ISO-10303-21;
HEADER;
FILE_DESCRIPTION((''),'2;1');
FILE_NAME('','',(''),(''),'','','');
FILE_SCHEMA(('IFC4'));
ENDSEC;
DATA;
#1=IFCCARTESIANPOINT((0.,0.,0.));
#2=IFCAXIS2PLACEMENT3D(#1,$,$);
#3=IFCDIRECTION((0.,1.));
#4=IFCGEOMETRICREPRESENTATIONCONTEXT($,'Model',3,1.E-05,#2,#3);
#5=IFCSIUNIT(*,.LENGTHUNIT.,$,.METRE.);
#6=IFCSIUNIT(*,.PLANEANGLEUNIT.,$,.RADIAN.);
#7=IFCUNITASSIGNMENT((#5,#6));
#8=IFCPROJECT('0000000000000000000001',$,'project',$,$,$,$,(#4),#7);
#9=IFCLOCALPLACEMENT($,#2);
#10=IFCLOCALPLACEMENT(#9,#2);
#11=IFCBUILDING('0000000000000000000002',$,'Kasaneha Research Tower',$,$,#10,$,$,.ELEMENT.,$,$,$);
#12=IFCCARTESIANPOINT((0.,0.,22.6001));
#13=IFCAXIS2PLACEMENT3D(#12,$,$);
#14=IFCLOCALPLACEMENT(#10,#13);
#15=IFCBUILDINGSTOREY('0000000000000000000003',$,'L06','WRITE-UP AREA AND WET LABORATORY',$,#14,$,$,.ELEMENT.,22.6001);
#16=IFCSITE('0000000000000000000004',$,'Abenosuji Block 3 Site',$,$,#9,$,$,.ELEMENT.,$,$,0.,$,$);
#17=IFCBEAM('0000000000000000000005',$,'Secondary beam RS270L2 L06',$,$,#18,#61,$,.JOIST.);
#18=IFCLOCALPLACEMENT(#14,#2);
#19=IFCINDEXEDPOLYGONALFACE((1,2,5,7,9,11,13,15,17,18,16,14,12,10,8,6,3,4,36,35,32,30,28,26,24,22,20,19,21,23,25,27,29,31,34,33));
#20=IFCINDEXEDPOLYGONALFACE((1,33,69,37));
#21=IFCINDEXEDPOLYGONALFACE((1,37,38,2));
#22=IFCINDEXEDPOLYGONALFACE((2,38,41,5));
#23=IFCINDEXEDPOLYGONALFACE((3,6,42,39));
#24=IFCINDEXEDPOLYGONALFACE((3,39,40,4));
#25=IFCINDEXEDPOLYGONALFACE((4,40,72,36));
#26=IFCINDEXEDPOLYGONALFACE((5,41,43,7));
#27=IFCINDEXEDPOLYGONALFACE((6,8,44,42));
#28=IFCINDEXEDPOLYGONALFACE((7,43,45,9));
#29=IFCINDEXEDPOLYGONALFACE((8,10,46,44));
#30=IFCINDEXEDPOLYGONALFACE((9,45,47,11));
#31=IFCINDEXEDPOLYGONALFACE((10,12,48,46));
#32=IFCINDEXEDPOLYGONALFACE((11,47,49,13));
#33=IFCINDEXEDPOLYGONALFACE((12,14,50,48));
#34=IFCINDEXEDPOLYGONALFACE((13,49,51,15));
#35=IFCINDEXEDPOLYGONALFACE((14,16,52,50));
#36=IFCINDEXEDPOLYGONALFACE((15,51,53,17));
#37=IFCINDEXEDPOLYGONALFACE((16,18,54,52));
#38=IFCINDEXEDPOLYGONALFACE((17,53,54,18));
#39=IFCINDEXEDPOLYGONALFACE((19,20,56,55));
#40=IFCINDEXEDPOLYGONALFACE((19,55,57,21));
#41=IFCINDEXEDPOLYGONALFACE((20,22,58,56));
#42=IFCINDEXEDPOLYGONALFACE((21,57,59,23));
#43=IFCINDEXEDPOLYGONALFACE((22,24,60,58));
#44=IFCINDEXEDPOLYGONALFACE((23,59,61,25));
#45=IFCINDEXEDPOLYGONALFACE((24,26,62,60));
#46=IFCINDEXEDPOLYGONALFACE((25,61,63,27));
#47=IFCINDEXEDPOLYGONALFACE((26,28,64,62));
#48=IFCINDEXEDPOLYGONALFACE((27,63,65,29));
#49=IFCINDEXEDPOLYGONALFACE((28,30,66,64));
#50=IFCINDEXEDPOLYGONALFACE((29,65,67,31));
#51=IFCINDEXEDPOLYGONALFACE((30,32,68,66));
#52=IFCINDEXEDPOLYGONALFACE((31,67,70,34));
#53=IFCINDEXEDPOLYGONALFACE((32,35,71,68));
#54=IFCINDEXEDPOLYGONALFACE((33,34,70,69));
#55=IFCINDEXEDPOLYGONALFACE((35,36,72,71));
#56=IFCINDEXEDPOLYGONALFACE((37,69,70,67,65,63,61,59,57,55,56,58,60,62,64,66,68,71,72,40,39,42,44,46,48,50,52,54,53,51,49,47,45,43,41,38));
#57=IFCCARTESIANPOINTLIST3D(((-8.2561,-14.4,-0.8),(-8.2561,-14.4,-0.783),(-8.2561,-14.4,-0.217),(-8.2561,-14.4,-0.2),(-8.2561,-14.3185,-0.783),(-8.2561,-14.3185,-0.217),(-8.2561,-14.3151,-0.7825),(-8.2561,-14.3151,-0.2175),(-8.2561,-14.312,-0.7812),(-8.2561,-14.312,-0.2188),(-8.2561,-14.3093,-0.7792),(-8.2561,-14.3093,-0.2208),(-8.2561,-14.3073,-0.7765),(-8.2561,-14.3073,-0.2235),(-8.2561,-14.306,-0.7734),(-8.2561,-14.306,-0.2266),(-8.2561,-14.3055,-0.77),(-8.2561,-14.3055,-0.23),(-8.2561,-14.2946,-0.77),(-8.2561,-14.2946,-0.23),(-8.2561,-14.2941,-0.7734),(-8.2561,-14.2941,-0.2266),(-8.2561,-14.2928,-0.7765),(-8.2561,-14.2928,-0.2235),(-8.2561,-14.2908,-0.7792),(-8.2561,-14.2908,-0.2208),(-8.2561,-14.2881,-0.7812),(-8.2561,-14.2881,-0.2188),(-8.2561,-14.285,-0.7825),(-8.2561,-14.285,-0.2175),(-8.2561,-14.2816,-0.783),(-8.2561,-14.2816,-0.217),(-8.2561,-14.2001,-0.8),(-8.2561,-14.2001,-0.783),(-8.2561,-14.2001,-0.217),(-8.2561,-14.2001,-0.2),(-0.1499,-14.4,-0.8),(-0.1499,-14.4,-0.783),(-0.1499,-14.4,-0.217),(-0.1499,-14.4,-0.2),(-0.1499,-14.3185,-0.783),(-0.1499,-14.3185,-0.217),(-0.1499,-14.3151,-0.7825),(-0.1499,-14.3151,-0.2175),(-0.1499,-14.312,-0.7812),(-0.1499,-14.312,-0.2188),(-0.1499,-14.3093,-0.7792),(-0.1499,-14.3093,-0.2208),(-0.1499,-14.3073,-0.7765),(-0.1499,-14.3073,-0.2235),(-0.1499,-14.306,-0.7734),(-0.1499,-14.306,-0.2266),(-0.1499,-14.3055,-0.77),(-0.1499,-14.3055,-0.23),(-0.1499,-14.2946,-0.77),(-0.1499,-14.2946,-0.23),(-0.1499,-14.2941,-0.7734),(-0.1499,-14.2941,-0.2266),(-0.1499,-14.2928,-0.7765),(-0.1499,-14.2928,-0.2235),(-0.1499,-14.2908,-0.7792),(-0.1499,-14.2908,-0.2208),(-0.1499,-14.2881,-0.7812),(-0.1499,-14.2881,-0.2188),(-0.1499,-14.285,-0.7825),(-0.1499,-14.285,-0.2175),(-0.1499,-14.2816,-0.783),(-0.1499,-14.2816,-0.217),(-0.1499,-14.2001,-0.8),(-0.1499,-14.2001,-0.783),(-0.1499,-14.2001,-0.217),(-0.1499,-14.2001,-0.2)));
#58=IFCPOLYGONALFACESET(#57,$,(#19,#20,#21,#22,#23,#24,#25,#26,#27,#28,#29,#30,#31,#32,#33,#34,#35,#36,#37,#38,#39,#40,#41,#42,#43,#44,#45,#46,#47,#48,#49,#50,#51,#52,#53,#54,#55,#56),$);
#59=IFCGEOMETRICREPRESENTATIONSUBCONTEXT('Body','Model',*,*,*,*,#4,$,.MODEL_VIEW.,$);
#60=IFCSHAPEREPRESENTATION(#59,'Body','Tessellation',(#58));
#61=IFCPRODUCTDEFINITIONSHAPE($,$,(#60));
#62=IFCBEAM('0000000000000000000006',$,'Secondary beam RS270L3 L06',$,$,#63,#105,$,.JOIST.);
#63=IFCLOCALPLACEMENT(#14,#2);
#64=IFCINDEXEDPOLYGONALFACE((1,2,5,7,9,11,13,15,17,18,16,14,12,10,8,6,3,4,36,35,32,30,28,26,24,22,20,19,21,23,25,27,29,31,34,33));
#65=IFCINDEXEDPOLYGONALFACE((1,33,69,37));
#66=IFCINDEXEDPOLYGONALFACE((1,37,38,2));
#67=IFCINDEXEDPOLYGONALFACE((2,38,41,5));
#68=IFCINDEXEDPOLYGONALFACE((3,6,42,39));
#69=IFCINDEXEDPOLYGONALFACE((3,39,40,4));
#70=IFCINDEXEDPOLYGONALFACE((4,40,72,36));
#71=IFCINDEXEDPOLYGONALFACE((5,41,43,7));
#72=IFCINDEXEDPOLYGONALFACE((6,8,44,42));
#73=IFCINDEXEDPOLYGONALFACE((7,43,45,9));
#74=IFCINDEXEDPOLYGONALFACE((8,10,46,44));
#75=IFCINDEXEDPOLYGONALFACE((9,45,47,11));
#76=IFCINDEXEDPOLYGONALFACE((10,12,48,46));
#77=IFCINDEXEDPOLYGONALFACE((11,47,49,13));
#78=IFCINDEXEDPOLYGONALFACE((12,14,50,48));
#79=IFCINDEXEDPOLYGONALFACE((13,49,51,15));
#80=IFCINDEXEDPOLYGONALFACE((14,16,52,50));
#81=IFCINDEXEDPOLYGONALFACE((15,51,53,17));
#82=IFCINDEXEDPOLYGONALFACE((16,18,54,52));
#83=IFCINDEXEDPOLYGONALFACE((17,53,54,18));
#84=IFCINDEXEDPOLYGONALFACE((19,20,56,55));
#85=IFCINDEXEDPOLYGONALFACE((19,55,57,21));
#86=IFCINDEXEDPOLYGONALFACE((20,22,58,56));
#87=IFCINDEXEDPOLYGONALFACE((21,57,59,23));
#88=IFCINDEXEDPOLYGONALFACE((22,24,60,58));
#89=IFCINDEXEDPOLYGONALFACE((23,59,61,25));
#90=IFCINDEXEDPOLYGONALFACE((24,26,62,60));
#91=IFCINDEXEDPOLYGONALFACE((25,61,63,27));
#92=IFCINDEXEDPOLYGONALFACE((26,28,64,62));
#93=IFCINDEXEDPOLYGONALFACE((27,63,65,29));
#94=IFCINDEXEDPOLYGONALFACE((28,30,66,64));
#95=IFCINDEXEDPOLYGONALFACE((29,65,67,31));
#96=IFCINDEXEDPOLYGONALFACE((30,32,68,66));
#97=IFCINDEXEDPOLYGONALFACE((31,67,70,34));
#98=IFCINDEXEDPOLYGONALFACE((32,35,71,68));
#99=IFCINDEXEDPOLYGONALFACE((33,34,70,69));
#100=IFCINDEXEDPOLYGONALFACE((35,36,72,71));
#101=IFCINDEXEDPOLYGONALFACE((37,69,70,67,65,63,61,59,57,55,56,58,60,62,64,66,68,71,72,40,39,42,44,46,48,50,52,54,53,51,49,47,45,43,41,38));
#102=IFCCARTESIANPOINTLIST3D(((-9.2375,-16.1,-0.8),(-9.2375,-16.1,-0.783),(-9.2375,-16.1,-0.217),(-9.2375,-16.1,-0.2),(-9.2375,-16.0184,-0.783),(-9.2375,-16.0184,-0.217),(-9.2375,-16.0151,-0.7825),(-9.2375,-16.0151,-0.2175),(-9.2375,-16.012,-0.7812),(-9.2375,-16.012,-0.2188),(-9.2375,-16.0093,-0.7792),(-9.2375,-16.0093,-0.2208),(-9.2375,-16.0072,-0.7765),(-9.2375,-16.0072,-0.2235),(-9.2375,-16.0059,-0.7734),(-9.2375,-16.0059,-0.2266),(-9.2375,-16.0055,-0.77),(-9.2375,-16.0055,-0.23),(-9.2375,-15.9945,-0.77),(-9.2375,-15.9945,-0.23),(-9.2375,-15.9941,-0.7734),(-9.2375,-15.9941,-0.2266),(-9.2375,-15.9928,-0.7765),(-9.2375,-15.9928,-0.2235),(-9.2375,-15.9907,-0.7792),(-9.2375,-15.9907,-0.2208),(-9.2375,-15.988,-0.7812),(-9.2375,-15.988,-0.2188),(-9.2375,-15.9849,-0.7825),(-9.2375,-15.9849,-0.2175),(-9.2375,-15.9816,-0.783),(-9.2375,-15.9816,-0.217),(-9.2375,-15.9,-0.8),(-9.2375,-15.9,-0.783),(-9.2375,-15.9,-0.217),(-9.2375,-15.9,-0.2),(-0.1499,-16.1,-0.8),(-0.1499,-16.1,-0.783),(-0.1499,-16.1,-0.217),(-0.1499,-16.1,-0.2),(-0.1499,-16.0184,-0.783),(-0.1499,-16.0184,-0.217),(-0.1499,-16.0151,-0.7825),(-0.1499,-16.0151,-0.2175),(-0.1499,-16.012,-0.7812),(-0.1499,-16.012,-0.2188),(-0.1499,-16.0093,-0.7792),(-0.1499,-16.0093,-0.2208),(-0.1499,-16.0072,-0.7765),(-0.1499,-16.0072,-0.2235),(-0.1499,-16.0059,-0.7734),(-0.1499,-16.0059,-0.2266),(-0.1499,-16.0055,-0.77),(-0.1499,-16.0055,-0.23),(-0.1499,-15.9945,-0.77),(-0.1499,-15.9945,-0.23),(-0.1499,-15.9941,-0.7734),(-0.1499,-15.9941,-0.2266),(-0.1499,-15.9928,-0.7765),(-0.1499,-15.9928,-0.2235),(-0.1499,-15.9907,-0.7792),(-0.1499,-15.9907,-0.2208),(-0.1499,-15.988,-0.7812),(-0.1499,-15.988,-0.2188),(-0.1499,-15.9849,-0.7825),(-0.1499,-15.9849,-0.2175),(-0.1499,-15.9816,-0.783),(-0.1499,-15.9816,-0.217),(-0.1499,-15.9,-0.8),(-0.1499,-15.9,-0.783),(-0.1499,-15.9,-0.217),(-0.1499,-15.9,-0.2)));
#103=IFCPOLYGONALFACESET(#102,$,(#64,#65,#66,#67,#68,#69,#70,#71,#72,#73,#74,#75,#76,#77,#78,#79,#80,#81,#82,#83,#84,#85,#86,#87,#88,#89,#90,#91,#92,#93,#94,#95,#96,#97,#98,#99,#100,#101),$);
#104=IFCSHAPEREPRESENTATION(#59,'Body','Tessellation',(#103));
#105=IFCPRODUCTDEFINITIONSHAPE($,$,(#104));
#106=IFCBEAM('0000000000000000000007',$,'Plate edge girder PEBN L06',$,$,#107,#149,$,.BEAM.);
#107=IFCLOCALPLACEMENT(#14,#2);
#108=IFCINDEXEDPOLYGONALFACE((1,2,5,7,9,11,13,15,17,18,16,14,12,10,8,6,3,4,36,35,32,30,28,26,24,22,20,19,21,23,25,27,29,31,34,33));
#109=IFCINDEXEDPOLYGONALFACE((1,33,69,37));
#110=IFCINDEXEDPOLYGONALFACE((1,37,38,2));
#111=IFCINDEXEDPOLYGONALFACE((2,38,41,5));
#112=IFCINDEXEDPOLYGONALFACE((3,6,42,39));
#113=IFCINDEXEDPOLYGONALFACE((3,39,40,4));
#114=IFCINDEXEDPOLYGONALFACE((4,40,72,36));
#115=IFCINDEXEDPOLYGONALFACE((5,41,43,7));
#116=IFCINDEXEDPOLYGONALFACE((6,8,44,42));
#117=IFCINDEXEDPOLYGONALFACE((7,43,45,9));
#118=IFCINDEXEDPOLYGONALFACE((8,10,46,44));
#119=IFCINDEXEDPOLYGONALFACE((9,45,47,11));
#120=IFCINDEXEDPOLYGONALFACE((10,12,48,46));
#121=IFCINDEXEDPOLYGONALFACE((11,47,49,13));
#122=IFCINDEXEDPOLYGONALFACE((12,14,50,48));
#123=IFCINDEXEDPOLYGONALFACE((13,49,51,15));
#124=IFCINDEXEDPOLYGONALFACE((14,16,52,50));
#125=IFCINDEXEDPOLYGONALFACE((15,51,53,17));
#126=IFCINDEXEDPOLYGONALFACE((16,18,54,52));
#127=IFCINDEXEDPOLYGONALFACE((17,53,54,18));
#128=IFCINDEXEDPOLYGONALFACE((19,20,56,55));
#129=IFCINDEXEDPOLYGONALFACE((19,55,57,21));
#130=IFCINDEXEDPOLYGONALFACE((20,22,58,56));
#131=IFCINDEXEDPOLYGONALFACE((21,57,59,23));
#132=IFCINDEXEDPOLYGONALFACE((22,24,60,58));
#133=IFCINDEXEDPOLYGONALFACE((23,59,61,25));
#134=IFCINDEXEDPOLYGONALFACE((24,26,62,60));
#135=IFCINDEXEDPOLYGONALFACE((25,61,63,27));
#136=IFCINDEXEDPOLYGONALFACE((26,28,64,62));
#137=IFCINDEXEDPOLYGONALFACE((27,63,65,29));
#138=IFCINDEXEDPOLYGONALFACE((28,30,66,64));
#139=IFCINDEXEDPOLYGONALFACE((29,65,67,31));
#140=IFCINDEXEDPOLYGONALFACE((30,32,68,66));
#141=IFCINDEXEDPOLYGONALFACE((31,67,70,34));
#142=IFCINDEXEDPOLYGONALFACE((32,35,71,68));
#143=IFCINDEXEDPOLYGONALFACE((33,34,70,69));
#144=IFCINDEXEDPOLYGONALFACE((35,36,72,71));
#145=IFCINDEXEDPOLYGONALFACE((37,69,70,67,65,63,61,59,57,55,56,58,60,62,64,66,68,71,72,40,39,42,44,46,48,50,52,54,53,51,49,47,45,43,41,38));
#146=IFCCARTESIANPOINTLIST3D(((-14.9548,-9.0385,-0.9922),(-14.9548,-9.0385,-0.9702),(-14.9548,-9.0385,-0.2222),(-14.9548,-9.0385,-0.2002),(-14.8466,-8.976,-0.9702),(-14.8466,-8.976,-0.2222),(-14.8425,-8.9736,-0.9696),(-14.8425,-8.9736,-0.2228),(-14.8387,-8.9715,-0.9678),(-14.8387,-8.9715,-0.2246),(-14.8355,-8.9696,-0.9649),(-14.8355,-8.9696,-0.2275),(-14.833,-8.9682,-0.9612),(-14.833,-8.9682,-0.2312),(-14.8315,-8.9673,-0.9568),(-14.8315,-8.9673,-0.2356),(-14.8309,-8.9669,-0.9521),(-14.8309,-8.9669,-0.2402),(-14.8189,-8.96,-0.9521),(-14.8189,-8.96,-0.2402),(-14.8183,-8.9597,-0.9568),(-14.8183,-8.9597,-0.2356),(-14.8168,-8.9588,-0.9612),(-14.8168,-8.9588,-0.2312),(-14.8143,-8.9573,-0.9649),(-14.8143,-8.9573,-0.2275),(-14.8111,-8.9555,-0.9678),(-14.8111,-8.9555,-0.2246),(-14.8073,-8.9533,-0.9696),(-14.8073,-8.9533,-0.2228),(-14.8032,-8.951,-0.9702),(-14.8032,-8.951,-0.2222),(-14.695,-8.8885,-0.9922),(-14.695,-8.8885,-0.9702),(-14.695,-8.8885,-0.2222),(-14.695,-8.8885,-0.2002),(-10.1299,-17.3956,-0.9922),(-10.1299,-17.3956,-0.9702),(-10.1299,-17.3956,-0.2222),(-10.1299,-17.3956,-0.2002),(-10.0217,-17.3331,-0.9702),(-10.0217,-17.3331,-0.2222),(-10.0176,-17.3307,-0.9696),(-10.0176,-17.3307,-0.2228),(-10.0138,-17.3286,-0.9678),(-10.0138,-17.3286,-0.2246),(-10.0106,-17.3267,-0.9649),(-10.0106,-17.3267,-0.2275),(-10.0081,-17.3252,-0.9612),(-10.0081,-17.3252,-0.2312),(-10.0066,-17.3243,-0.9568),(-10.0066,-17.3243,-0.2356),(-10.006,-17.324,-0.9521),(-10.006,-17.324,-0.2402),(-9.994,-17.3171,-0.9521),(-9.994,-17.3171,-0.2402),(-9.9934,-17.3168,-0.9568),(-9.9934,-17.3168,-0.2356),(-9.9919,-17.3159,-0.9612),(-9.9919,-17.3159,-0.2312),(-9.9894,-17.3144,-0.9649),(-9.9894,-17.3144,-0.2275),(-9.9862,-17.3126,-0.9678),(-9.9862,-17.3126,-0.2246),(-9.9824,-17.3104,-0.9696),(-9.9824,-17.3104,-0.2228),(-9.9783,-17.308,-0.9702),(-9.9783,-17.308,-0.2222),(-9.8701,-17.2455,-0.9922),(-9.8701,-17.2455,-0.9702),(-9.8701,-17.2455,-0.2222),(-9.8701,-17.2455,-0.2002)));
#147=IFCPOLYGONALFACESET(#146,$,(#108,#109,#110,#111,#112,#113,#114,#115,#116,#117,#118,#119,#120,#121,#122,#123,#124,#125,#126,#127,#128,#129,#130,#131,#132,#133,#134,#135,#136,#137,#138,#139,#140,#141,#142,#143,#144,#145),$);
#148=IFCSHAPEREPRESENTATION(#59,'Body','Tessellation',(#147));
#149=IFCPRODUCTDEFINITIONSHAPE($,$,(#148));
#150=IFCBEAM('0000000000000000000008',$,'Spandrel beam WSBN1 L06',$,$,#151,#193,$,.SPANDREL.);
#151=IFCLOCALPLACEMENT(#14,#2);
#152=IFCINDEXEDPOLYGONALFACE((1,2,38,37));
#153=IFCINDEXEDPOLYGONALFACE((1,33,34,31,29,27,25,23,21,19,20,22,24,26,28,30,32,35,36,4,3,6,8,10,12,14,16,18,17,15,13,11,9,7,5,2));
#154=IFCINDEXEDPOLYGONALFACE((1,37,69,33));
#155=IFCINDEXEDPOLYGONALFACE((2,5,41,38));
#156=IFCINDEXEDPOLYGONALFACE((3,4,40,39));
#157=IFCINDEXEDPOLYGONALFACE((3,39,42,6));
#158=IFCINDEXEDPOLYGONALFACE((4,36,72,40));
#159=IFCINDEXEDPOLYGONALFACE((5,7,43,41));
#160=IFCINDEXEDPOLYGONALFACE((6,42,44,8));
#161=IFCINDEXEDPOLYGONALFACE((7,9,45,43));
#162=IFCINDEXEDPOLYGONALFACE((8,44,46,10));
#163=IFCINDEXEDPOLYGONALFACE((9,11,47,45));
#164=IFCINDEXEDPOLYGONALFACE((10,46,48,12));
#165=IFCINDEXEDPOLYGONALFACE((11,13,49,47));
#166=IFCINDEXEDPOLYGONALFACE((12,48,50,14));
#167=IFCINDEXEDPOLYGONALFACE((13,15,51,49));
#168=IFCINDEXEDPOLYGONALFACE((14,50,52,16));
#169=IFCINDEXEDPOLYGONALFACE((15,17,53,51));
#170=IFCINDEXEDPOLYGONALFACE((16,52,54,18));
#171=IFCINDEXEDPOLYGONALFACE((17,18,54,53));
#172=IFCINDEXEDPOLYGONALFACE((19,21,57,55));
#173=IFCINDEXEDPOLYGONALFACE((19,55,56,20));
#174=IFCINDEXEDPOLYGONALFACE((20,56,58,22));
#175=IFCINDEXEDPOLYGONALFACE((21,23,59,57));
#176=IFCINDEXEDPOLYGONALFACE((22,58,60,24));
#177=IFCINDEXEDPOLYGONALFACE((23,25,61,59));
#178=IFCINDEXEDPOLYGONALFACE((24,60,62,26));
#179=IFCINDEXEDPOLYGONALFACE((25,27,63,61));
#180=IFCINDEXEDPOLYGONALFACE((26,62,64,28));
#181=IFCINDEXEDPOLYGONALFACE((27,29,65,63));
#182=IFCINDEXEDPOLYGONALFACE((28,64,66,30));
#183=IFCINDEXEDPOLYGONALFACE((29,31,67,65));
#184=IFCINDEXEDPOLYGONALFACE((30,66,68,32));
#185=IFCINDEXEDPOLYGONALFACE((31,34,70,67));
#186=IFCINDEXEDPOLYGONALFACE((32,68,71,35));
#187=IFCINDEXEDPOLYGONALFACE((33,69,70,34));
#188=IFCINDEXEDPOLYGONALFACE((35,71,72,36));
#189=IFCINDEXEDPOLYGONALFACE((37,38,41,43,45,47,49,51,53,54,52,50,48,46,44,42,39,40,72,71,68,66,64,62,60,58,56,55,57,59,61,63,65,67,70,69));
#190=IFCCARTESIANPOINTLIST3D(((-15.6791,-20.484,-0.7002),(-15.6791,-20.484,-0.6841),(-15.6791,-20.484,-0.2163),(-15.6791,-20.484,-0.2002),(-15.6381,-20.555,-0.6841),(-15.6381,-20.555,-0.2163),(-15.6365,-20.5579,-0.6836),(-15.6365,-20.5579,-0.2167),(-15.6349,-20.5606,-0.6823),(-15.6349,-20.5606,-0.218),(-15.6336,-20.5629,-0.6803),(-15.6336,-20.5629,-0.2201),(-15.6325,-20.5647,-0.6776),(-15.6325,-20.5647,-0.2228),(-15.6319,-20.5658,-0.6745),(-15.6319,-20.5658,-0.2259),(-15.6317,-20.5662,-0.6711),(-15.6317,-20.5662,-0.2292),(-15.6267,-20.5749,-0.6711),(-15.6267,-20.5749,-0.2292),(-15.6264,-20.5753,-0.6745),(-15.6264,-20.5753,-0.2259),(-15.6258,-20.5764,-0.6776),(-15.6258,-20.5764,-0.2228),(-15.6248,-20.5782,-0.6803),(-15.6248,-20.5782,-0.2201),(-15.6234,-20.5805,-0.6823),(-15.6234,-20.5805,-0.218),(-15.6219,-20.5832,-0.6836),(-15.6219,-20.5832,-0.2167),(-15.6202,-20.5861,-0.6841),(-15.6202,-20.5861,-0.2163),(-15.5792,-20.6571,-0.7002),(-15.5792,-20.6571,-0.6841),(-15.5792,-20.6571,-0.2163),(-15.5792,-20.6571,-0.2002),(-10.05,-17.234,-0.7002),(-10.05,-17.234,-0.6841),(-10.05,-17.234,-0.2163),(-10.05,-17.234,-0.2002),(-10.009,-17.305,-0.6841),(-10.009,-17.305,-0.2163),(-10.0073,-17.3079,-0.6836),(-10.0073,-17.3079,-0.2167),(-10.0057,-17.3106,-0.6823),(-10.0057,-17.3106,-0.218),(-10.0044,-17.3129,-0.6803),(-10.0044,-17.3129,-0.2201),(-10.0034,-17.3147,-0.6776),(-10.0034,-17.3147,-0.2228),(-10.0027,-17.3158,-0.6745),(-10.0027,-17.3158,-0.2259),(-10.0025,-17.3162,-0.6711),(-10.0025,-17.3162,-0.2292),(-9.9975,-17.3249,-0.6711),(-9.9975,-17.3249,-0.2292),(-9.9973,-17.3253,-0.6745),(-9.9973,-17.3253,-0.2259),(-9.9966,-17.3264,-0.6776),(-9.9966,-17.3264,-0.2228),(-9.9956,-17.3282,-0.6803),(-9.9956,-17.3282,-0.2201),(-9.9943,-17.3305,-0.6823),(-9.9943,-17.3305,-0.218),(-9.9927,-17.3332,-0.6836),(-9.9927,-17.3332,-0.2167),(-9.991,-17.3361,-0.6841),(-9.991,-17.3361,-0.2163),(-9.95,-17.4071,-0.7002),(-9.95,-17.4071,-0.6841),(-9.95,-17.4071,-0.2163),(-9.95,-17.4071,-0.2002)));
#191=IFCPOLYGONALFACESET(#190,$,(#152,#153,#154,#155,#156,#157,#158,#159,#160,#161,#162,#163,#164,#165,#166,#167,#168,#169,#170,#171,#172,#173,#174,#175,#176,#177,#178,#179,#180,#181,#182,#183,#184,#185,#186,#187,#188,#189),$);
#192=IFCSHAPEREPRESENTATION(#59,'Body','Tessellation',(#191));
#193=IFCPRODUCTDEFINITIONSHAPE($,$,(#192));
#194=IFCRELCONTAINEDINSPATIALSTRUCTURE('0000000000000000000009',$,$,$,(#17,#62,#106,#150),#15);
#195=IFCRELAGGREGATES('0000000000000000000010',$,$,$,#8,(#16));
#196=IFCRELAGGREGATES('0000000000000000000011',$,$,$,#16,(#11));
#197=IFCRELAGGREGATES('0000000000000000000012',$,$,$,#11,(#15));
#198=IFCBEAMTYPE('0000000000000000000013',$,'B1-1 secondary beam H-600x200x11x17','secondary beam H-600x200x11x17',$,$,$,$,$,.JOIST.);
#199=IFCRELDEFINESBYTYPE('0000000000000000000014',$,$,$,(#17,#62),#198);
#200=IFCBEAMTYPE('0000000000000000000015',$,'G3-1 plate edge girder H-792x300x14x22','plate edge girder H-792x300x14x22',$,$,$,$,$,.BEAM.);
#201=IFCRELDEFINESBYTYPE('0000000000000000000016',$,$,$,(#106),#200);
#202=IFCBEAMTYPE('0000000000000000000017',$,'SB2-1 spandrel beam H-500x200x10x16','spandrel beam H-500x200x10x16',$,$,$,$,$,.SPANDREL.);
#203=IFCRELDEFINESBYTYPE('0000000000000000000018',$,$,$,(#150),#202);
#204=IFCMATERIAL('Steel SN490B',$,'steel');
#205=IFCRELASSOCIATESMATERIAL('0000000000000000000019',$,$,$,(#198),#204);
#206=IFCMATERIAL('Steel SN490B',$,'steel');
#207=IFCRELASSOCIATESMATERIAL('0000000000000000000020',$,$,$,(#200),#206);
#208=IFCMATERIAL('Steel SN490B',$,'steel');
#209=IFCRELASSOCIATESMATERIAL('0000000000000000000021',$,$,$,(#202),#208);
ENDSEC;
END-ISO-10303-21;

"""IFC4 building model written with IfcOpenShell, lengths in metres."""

from ifc_helpers import new_model, si_unit, direction, frame, origin, origin_2d, place, context, subcontext, project, spatial, i_section, extrude, material, material_profile, profile_set, type_object, element, save


model = new_model("IFC4")

# Units and contexts
model_context = context("Model", 3, precision=1e-05, world=origin(), true_north=direction((0.0, 1.0)))
body_context = subcontext(model_context, "Body", "Model", "MODEL_VIEW")
ifc_project = project(units=[si_unit("LENGTHUNIT", "METRE"), si_unit("PLANEANGLEUNIT", "RADIAN")], contexts=[model_context])

# Site, building, storey
site_placement = place(None, origin())
site = spatial("IfcSite", under=ifc_project, at=site_placement, Name="Abenosuji Block 3 Site", CompositionType="ELEMENT", RefElevation=0.0)
building_placement = place(site_placement, origin())
building = spatial("IfcBuilding", under=site, at=building_placement, Name="Kasaneha Research Tower", CompositionType="ELEMENT")
storey_placement = place(building_placement, frame((0.0, 0.0, 22.6001)))
storey = spatial("IfcBuildingStorey", under=building, at=storey_placement, Name="L06", Description="WRITE-UP AREA AND WET LABORATORY", CompositionType="ELEMENT", Elevation=22.6001)

# Beams
ifc_material_1 = material(Name="Steel SN490B", Category="steel")
ifc_material_profile_1 = material_profile(ifc_material_1, i_section(OverallWidth=0.2, OverallDepth=0.6001, WebThickness=0.011, FlangeThickness=0.0171, FilletRadius=0.0129, at=origin_2d()), Name="H-600x200x11x17")
ifc_profile_set_1 = profile_set([ifc_material_profile_1], Name="Steel SN490B")
beam_type_1 = type_object("IfcBeamType", Name="B1-1 secondary beam H-600x200x11x17", Description="secondary beam H-600x200x11x17", PredefinedType="JOIST", material=ifc_profile_set_1)
beam_1_placement = place(storey_placement, frame((-8.2561, -14.3, -0.5), z_axis=(1.0, 0.0, 0.0), x_axis=(0.0, 1.0, 0.0)))
element("IfcBeam", 1, at=beam_1_placement, inside=storey, type_object=beam_type_1, Name="Secondary beam RS270L2 L06", PredefinedType="JOIST", context=body_context, shape_type="SweptSolid", body=[
    extrude(i_section(OverallWidth=0.2, OverallDepth=0.6001, WebThickness=0.011, FlangeThickness=0.0171, FilletRadius=0.0129, at=origin_2d()), origin(), (0.0, 0.0, 1.0), 8.1062),
])
beam_2_placement = place(storey_placement, frame((-9.2375, -16.0, -0.5), z_axis=(1.0, 0.0, 0.0), x_axis=(0.0, 1.0, 0.0)))
element("IfcBeam", 2, at=beam_2_placement, inside=storey, type_object=beam_type_1, Name="Secondary beam RS270L3 L06", PredefinedType="JOIST", context=body_context, shape_type="SweptSolid", body=[
    extrude(i_section(OverallWidth=0.2, OverallDepth=0.6001, WebThickness=0.011, FlangeThickness=0.0171, FilletRadius=0.0129, at=origin_2d()), origin(), (0.0, 0.0, 1.0), 9.0876),
])
ifc_material_2 = material(Name="Steel SN490B", Category="steel")
ifc_material_profile_2 = material_profile(ifc_material_2, i_section(OverallWidth=0.3, OverallDepth=0.792, WebThickness=0.0139, FlangeThickness=0.022, FilletRadius=0.0181, at=origin_2d()), Name="H-792x300x14x22")
ifc_profile_set_2 = profile_set([ifc_material_profile_2], Name="Steel SN490B")
beam_type_2 = type_object("IfcBeamType", Name="G3-1 plate edge girder H-792x300x14x22", Description="plate edge girder H-792x300x14x22", PredefinedType="BEAM", material=ifc_profile_set_2)
beam_3_placement = place(storey_placement, frame((-10.0, -17.3206, -0.5962), z_axis=(-0.499995, 0.866028, 0.0), x_axis=(-0.866028, -0.499995, 0.0)))
element("IfcBeam", 3, at=beam_3_placement, inside=storey, type_object=beam_type_2, Name="Plate edge girder PEBN L06", PredefinedType="BEAM", context=body_context, shape_type="SweptSolid", body=[
    extrude(i_section(OverallWidth=0.3, OverallDepth=0.792, WebThickness=0.0139, FlangeThickness=0.022, FilletRadius=0.0181, at=origin_2d()), origin(), (0.0, 0.0, 1.0), 9.6499),
])
ifc_material_3 = material(Name="Steel SN490B", Category="steel")
ifc_material_profile_3 = material_profile(ifc_material_3, i_section(OverallWidth=0.2, OverallDepth=0.5, WebThickness=0.01, FlangeThickness=0.0161, FilletRadius=0.0129, at=origin_2d()), Name="H-500x200x10x16")
ifc_profile_set_3 = profile_set([ifc_material_profile_3], Name="Steel SN490B")
beam_type_3 = type_object("IfcBeamType", Name="SB2-1 spandrel beam H-500x200x10x16", Description="spandrel beam H-500x200x10x16", PredefinedType="SPANDREL", material=ifc_profile_set_3)
beam_4_placement = place(storey_placement, frame((-10.0, -17.3206, -0.4502), z_axis=(-0.866025, -0.500001, 0.0), x_axis=(0.500001, -0.866025, 0.0)))
element("IfcBeam", 4, at=beam_4_placement, inside=storey, type_object=beam_type_3, Name="Spandrel beam WSBN1 L06", PredefinedType="SPANDREL", context=body_context, shape_type="SweptSolid", body=[
    extrude(i_section(OverallWidth=0.2, OverallDepth=0.5, WebThickness=0.01, FlangeThickness=0.0161, FilletRadius=0.0129, at=origin_2d()), origin(), (0.0, 0.0, 1.0), 6.5),
])

save(model, "model.ifc")
